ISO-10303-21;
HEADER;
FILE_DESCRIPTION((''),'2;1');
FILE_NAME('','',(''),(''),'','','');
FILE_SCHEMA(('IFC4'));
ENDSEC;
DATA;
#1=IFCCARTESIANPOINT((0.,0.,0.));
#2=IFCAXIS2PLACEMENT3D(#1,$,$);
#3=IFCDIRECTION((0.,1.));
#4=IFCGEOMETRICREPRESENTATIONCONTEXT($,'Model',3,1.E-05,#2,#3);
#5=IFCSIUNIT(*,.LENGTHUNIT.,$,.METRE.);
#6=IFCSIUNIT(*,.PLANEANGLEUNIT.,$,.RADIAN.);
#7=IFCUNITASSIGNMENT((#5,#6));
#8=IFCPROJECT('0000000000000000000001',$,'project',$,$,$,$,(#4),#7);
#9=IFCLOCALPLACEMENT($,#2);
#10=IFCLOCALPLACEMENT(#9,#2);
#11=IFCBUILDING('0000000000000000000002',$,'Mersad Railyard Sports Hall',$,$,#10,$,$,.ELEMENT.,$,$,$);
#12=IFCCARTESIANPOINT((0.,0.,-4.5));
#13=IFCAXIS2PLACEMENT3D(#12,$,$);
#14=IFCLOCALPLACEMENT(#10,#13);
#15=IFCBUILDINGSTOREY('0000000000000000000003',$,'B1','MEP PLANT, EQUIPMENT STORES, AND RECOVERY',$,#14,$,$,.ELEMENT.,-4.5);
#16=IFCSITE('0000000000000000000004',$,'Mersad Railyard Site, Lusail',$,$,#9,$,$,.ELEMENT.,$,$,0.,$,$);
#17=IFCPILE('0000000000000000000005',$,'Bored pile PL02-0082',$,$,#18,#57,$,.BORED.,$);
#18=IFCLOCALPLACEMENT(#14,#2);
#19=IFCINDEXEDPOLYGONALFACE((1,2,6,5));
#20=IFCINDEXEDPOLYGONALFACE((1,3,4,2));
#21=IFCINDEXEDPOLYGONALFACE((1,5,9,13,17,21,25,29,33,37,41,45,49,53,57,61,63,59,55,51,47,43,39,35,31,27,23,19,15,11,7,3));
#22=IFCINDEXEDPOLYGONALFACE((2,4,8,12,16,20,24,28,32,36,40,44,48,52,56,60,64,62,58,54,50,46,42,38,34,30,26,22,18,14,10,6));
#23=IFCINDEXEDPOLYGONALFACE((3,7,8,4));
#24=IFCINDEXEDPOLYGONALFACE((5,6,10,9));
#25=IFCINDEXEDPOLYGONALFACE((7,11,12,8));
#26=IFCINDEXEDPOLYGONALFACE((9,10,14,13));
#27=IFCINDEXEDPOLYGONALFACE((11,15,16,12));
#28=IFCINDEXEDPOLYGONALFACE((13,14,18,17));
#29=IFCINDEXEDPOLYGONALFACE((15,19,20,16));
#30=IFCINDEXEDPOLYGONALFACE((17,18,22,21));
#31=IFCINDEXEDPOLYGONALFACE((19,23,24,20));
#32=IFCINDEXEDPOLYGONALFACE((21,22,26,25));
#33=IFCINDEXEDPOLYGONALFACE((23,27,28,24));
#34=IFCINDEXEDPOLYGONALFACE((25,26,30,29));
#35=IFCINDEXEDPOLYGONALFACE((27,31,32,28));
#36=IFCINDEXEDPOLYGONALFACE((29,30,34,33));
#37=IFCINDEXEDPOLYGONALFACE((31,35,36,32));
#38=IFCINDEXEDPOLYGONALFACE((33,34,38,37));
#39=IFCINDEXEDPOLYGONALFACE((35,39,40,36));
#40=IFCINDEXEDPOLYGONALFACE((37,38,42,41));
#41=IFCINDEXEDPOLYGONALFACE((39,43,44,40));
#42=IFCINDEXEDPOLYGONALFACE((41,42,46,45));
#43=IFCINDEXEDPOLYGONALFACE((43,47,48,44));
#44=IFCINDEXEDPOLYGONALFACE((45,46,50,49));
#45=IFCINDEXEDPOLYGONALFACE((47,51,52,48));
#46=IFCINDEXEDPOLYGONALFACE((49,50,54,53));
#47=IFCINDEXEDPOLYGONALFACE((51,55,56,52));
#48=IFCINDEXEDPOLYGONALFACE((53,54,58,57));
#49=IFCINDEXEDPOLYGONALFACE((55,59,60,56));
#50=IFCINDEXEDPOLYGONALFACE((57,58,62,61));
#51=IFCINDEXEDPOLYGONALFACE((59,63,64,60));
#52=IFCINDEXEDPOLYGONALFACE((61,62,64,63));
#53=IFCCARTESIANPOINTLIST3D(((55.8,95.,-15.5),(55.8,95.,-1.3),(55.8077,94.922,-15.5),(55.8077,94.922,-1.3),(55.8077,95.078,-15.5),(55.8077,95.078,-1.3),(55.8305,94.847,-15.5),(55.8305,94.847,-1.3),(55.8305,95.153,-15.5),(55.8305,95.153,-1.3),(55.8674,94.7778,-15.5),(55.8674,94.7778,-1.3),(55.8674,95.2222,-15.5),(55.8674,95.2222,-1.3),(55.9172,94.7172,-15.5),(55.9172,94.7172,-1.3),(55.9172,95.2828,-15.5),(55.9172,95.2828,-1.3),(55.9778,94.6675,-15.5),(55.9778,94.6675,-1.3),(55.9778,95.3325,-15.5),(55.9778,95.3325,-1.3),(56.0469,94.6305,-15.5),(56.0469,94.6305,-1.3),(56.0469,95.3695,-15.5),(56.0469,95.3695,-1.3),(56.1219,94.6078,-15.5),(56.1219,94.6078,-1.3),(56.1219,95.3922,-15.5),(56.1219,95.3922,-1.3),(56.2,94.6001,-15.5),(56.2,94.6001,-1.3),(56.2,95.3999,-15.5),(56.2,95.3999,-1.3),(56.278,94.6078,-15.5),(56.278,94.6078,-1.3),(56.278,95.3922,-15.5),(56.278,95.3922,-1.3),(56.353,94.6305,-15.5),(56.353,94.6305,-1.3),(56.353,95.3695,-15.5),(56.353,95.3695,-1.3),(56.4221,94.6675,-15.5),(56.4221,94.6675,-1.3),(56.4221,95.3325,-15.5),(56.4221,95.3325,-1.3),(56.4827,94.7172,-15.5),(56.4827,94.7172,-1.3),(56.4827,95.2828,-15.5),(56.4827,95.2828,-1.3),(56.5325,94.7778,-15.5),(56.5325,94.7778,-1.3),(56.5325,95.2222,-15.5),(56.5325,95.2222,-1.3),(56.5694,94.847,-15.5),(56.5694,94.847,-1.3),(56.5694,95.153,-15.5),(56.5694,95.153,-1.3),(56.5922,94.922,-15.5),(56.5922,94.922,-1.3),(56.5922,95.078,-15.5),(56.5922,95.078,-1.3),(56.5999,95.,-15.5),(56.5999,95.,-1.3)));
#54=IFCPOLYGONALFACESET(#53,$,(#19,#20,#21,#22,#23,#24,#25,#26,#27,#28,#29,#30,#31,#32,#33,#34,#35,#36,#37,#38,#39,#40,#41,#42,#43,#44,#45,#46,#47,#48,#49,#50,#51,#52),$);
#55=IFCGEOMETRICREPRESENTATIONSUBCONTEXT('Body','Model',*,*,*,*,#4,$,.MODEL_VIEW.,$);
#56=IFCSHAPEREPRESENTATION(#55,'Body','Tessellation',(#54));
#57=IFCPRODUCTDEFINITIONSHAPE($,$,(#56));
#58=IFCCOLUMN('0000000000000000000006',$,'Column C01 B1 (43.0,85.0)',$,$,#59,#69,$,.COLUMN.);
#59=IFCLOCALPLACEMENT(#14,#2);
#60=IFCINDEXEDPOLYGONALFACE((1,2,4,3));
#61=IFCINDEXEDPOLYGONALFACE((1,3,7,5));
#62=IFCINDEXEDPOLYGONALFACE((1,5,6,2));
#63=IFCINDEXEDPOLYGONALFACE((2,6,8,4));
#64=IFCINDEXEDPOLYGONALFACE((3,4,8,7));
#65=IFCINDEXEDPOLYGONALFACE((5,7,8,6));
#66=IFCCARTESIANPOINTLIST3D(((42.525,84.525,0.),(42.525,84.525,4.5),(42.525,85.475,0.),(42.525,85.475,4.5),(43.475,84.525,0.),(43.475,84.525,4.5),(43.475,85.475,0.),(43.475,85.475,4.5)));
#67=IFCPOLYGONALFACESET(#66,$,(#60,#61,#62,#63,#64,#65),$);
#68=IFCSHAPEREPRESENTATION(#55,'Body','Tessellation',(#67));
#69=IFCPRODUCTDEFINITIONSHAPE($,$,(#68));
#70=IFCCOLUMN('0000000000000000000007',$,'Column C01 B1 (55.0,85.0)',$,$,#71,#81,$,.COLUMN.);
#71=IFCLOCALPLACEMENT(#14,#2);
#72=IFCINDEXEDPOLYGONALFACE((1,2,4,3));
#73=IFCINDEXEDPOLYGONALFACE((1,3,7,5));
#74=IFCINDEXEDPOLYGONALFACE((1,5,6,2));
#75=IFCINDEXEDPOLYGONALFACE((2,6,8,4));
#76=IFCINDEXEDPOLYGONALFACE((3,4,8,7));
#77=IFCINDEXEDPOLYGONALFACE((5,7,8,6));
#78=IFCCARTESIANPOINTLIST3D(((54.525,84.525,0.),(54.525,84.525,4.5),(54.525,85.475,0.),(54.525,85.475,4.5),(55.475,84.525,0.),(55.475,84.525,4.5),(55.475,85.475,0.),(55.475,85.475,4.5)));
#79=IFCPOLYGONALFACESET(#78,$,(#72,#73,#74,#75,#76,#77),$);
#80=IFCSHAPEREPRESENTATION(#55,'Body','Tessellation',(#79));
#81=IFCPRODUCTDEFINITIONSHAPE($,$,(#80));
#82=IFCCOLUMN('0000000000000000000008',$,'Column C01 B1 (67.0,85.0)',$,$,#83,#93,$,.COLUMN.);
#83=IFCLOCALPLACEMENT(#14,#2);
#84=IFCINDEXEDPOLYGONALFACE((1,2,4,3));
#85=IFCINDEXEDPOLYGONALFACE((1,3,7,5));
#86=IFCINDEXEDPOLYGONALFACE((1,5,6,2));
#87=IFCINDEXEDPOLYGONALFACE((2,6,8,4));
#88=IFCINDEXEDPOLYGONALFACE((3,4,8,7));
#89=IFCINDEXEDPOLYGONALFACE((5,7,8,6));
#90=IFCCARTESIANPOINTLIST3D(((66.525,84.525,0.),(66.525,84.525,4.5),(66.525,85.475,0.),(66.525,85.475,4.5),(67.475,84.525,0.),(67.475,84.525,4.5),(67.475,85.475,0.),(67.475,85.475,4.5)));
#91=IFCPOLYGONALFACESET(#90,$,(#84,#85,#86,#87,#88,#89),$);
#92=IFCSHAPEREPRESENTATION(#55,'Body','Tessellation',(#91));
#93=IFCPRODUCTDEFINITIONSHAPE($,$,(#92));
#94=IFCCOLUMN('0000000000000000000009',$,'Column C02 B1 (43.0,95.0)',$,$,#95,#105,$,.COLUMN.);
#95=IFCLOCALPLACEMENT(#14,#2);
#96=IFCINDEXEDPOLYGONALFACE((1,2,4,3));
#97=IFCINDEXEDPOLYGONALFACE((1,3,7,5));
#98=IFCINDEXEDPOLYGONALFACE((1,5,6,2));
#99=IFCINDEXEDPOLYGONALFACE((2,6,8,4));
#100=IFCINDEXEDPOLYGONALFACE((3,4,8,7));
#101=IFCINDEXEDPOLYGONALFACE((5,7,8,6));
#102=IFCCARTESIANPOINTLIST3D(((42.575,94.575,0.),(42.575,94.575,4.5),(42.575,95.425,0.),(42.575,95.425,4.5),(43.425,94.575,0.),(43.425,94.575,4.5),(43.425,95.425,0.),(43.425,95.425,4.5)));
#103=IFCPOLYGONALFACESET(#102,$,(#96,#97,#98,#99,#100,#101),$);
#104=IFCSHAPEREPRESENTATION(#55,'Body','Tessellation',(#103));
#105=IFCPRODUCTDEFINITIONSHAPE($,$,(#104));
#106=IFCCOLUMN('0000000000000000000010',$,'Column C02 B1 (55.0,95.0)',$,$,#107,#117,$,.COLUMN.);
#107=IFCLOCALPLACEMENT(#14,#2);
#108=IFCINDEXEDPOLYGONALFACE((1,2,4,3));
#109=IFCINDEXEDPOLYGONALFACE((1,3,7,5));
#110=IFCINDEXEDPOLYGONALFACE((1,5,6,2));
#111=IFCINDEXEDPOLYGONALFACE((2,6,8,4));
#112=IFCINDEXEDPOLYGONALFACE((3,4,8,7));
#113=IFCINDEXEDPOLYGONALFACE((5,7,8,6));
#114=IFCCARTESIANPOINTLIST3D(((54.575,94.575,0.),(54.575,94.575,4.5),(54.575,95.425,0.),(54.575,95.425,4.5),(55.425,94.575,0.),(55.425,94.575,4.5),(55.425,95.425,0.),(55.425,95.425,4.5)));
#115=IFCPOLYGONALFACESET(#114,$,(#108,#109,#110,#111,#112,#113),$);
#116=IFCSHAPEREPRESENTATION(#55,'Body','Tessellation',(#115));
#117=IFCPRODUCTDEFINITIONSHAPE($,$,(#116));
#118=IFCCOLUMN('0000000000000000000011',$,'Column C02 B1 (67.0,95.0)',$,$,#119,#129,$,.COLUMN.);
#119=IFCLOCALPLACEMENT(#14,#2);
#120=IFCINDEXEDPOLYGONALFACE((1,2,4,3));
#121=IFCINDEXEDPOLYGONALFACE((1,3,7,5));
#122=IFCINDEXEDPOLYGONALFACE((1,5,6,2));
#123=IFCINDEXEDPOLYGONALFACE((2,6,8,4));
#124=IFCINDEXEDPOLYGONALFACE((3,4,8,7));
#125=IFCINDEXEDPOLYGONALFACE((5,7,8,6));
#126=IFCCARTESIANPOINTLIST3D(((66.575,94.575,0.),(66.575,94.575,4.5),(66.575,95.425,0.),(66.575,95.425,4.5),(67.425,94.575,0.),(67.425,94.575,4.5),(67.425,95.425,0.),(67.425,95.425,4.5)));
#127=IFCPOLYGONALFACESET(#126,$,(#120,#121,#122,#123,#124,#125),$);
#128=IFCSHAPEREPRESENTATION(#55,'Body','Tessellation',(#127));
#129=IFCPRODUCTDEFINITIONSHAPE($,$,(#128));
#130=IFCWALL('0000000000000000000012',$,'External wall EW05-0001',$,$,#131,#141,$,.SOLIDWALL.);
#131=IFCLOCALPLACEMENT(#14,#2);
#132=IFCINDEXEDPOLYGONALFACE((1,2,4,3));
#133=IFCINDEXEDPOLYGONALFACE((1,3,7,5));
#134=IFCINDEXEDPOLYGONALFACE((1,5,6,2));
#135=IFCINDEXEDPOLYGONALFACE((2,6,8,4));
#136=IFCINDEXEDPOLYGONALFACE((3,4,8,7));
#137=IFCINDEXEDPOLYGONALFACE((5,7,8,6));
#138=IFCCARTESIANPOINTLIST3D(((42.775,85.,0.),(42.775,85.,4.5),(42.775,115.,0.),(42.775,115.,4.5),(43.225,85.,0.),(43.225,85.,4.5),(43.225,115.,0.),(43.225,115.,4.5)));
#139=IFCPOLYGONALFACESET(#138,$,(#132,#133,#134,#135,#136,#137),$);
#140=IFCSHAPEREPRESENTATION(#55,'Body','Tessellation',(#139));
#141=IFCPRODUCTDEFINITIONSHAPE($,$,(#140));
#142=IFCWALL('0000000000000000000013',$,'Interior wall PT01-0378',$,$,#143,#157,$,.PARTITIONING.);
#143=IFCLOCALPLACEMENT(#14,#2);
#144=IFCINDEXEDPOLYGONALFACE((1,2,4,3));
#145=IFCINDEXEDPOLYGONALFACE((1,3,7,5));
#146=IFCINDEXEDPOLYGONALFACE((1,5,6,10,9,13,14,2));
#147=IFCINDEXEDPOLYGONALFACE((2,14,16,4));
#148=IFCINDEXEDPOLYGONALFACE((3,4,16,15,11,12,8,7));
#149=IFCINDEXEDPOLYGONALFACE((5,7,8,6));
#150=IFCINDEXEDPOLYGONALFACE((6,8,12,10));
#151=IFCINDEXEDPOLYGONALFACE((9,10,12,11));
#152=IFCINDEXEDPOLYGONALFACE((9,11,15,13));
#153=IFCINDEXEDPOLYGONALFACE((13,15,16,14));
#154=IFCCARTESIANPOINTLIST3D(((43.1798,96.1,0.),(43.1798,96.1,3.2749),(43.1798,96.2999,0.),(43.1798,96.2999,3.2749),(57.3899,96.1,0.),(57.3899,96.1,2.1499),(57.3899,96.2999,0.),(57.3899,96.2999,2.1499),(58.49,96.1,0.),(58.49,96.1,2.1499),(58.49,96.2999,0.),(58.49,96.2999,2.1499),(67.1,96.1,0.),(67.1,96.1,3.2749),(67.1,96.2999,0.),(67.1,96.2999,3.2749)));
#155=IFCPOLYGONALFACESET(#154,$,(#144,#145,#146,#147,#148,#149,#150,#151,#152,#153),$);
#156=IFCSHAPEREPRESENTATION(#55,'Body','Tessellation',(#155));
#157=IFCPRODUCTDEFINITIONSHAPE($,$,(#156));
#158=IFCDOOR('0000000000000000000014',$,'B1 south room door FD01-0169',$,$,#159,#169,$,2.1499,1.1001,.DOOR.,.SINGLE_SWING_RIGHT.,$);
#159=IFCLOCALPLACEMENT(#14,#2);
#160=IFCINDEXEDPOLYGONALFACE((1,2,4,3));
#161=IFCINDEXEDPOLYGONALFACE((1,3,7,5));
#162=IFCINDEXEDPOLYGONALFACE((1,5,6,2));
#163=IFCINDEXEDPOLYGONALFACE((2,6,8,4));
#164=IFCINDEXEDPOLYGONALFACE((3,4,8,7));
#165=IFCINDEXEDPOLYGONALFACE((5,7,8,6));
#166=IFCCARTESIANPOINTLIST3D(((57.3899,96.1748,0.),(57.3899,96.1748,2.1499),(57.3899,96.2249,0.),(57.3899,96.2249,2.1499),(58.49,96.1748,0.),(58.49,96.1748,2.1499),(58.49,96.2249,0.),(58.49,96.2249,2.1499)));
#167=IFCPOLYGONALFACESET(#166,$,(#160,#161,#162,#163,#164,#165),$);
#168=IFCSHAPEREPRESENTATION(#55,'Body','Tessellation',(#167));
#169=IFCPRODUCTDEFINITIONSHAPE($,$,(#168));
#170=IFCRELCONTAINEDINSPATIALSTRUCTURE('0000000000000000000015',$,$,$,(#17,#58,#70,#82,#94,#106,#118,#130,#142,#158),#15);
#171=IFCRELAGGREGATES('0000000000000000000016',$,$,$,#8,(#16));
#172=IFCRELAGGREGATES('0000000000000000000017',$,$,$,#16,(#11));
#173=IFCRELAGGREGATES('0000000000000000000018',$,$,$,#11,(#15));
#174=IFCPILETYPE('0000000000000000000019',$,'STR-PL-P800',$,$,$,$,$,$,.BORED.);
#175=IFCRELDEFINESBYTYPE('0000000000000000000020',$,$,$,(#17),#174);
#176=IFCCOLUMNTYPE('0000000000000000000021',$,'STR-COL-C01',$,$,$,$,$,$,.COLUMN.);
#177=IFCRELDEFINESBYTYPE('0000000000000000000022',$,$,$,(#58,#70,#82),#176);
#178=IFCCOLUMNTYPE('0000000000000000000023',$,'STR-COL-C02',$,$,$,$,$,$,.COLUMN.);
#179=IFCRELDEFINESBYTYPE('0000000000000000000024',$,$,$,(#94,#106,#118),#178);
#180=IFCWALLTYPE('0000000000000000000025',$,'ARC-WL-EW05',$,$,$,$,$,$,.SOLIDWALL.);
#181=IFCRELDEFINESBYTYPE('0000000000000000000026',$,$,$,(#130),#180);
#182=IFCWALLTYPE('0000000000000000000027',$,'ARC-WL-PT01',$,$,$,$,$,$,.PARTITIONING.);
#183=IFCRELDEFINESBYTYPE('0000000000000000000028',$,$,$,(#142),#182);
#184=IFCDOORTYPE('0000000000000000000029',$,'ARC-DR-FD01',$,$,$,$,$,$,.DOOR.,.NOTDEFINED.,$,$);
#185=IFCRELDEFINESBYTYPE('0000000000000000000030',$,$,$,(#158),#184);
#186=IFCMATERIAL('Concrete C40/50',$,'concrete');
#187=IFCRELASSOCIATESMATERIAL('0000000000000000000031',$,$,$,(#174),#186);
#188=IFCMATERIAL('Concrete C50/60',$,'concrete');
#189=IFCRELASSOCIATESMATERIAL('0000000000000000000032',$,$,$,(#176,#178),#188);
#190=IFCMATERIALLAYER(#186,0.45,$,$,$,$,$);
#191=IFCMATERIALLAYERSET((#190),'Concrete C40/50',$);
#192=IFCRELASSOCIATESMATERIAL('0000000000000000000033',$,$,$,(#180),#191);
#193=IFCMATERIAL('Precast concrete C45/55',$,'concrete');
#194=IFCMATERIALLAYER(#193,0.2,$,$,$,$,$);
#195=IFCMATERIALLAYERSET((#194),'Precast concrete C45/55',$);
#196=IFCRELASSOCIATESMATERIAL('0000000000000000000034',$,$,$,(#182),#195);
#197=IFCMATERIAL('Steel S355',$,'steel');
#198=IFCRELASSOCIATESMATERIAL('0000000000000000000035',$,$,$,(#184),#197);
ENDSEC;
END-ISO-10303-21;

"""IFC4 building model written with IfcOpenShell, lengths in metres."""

from ifc_helpers import new_model, si_unit, direction, frame, frame_2d, origin, origin_2d, place, context, subcontext, project, spatial, rectangle, circle, extrude, material, layer, layer_set, material_profile, profile_set, type_object, element, fill, save


model = new_model("IFC4")

# Units and contexts
model_context = context("Model", 3, precision=1e-05, world=origin(), true_north=direction((0.0, 1.0)))
body_context = subcontext(model_context, "Body", "Model", "MODEL_VIEW")
ifc_project = project(units=[si_unit("LENGTHUNIT", "METRE"), si_unit("PLANEANGLEUNIT", "RADIAN")], contexts=[model_context])

# Site, building, storey
site_placement = place(None, origin())
site = spatial("IfcSite", under=ifc_project, at=site_placement, Name="Mersad Railyard Site, Lusail", CompositionType="ELEMENT", RefElevation=0.0)
building_placement = place(site_placement, origin())
building = spatial("IfcBuilding", under=site, at=building_placement, Name="Mersad Railyard Sports Hall", CompositionType="ELEMENT")
storey_placement = place(building_placement, frame((0.0, 0.0, -4.5)))
storey = spatial("IfcBuildingStorey", under=building, at=storey_placement, Name="B1", Description="MEP PLANT, EQUIPMENT STORES, AND RECOVERY", CompositionType="ELEMENT", Elevation=-4.5)

# Shared definitions
ifc_material_1 = material(Name="Concrete C40/50", Category="concrete")

# Pile
ifc_material_profile_1 = material_profile(ifc_material_1, circle(Radius=0.3999, at=origin_2d()), Name="BORED PILE D800")
ifc_profile_set_1 = profile_set([ifc_material_profile_1], Name="Concrete C40/50")
pile_type_1 = type_object("IfcPileType", Name="STR-PL-P800", PredefinedType="BORED", material=ifc_profile_set_1)
for number, where, z_axis, x_axis, name in (
    (1, (56.2, 95.0, -1.3), (0.0, 0.0, -1.0), (1.0, 0.0, 0.0), "Bored pile PL02-0082"),
):
    element("IfcPile", number, at=place(storey_placement, frame(where, z_axis=z_axis, x_axis=x_axis)), inside=storey, type_object=pile_type_1, Name=name, PredefinedType="BORED", context=body_context, shape_type="SweptSolid", body=[
        extrude(circle(Radius=0.3999, at=origin_2d()), origin(), (0.0, 0.0, 1.0), 14.2),
    ])

# Columns
ifc_material_2 = material(Name="Concrete C50/60", Category="concrete")
ifc_material_profile_2 = material_profile(ifc_material_2, rectangle(XDim=0.95, YDim=0.95, at=origin_2d()), Name="RC 950x950")
ifc_profile_set_2 = profile_set([ifc_material_profile_2], Name="Concrete C50/60")
column_type_1 = type_object("IfcColumnType", Name="STR-COL-C01", PredefinedType="COLUMN", material=ifc_profile_set_2)
for number, where, z_axis, x_axis, name in (
    (2, (43.0, 85.0, 0.0), (0.0, 0.0, 1.0), (1.0, 0.0, 0.0), "Column C01 B1 (43.0,85.0)"),
    (3, (55.0, 85.0, 0.0), (0.0, 0.0, 1.0), (1.0, 0.0, 0.0), "Column C01 B1 (55.0,85.0)"),
    (4, (67.0, 85.0, 0.0), (0.0, 0.0, 1.0), (1.0, 0.0, 0.0), "Column C01 B1 (67.0,85.0)"),
):
    element("IfcColumn", number, at=place(storey_placement, frame(where, z_axis=z_axis, x_axis=x_axis)), inside=storey, type_object=column_type_1, Name=name, PredefinedType="COLUMN", context=body_context, shape_type="SweptSolid", body=[
        extrude(rectangle(XDim=0.95, YDim=0.95, at=origin_2d()), origin(), (0.0, 0.0, 1.0), 4.5),
    ])
ifc_material_profile_3 = material_profile(ifc_material_2, rectangle(XDim=0.8501, YDim=0.8501, at=origin_2d()), Name="RC 850x850")
ifc_profile_set_3 = profile_set([ifc_material_profile_3], Name="Concrete C50/60")
column_type_2 = type_object("IfcColumnType", Name="STR-COL-C02", PredefinedType="COLUMN", material=ifc_profile_set_3)
for number, where, z_axis, x_axis, name in (
    (5, (43.0, 95.0, 0.0), (0.0, 0.0, 1.0), (1.0, 0.0, 0.0), "Column C02 B1 (43.0,95.0)"),
    (6, (55.0, 95.0, 0.0), (0.0, 0.0, 1.0), (1.0, 0.0, 0.0), "Column C02 B1 (55.0,95.0)"),
    (7, (67.0, 95.0, 0.0), (0.0, 0.0, 1.0), (1.0, 0.0, 0.0), "Column C02 B1 (67.0,95.0)"),
):
    element("IfcColumn", number, at=place(storey_placement, frame(where, z_axis=z_axis, x_axis=x_axis)), inside=storey, type_object=column_type_2, Name=name, PredefinedType="COLUMN", context=body_context, shape_type="SweptSolid", body=[
        extrude(rectangle(XDim=0.8501, YDim=0.8501, at=origin_2d()), origin(), (0.0, 0.0, 1.0), 4.5),
    ])

# Wall
ifc_layer_1 = layer(ifc_material_1, 0.45)
ifc_layer_set_1 = layer_set([ifc_layer_1], Name="Concrete C40/50")
wall_type_1 = type_object("IfcWallType", Name="ARC-WL-EW05", PredefinedType="SOLIDWALL", material=ifc_layer_set_1)
wall_1_placement = place(storey_placement, frame((43.0, 85.0, 0.0), z_axis=(0.0, 0.0, 1.0), x_axis=(0.0, 1.0, 0.0)))
element("IfcWall", 8, at=wall_1_placement, inside=storey, type_object=wall_type_1, Name="External wall EW05-0001", PredefinedType="SOLIDWALL", context=body_context, shape_type="SweptSolid", body=[
    extrude(rectangle(XDim=30.0, YDim=0.45, at=frame_2d((15.0, 0.0))), origin(), (0.0, 0.0, 1.0), 4.5),
])

# Wall, opening, door
ifc_material_3 = material(Name="Precast concrete C45/55", Category="concrete")
ifc_layer_2 = layer(ifc_material_3, 0.2)
ifc_layer_set_2 = layer_set([ifc_layer_2], Name="Precast concrete C45/55")
wall_type_2 = type_object("IfcWallType", Name="ARC-WL-PT01", PredefinedType="PARTITIONING", material=ifc_layer_set_2)
wall_2_placement = place(storey_placement, frame((43.1799, 96.2, 0.0), z_axis=(0.0, 0.0, 1.0), x_axis=(1.0, 0.0, 0.0)))
wall_2 = element("IfcWall", 9, at=wall_2_placement, inside=storey, type_object=wall_type_2, Name="Interior wall PT01-0378", PredefinedType="PARTITIONING", context=body_context, shape_type="SweptSolid", body=[
    extrude(rectangle(XDim=23.9202, YDim=0.2, at=frame_2d((11.96, 0.0))), origin(), (0.0, 0.0, 1.0), 3.2749),
])
opening_1_placement = place(wall_2_placement, frame((14.21, 0.0, 0.0)))
opening_1 = element("IfcOpeningElement", 10, at=opening_1_placement, cuts=wall_2, PredefinedType="OPENING", context=body_context, shape_type="SweptSolid", body=[
    extrude(rectangle(XDim=1.1001, YDim=2.1499, at=frame_2d((0.55, 1.075))), frame((0.0, 0.1099, 0.0), z_axis=(0.0, -1.0, 0.0), x_axis=(1.0, 0.0, 0.0)), (0.0, 0.0, 1.0), 0.22),
])
ifc_material_4 = material(Name="Steel S355", Category="steel")
door_type = type_object("IfcDoorType", Name="ARC-DR-FD01", OperationType="NOTDEFINED", PredefinedType="DOOR", material=ifc_material_4)
door_1_placement = place(opening_1_placement, origin())
door_1 = element("IfcDoor", 11, at=door_1_placement, inside=storey, type_object=door_type, Name="B1 south room door FD01-0169", OperationType="SINGLE_SWING_RIGHT", OverallHeight=2.1499, OverallWidth=1.1001, PredefinedType="DOOR", context=body_context, shape_type="SweptSolid", body=[
    extrude(rectangle(XDim=1.1001, YDim=2.1499, at=frame_2d((0.55, 1.075))), frame((0.0, 0.0249, 0.0), z_axis=(0.0, -1.0, 0.0), x_axis=(1.0, 0.0, 0.0)), (0.0, 0.0, 1.0), 0.05),
])
fill(opening_1, door_1)

save(model, "model.ifc")
